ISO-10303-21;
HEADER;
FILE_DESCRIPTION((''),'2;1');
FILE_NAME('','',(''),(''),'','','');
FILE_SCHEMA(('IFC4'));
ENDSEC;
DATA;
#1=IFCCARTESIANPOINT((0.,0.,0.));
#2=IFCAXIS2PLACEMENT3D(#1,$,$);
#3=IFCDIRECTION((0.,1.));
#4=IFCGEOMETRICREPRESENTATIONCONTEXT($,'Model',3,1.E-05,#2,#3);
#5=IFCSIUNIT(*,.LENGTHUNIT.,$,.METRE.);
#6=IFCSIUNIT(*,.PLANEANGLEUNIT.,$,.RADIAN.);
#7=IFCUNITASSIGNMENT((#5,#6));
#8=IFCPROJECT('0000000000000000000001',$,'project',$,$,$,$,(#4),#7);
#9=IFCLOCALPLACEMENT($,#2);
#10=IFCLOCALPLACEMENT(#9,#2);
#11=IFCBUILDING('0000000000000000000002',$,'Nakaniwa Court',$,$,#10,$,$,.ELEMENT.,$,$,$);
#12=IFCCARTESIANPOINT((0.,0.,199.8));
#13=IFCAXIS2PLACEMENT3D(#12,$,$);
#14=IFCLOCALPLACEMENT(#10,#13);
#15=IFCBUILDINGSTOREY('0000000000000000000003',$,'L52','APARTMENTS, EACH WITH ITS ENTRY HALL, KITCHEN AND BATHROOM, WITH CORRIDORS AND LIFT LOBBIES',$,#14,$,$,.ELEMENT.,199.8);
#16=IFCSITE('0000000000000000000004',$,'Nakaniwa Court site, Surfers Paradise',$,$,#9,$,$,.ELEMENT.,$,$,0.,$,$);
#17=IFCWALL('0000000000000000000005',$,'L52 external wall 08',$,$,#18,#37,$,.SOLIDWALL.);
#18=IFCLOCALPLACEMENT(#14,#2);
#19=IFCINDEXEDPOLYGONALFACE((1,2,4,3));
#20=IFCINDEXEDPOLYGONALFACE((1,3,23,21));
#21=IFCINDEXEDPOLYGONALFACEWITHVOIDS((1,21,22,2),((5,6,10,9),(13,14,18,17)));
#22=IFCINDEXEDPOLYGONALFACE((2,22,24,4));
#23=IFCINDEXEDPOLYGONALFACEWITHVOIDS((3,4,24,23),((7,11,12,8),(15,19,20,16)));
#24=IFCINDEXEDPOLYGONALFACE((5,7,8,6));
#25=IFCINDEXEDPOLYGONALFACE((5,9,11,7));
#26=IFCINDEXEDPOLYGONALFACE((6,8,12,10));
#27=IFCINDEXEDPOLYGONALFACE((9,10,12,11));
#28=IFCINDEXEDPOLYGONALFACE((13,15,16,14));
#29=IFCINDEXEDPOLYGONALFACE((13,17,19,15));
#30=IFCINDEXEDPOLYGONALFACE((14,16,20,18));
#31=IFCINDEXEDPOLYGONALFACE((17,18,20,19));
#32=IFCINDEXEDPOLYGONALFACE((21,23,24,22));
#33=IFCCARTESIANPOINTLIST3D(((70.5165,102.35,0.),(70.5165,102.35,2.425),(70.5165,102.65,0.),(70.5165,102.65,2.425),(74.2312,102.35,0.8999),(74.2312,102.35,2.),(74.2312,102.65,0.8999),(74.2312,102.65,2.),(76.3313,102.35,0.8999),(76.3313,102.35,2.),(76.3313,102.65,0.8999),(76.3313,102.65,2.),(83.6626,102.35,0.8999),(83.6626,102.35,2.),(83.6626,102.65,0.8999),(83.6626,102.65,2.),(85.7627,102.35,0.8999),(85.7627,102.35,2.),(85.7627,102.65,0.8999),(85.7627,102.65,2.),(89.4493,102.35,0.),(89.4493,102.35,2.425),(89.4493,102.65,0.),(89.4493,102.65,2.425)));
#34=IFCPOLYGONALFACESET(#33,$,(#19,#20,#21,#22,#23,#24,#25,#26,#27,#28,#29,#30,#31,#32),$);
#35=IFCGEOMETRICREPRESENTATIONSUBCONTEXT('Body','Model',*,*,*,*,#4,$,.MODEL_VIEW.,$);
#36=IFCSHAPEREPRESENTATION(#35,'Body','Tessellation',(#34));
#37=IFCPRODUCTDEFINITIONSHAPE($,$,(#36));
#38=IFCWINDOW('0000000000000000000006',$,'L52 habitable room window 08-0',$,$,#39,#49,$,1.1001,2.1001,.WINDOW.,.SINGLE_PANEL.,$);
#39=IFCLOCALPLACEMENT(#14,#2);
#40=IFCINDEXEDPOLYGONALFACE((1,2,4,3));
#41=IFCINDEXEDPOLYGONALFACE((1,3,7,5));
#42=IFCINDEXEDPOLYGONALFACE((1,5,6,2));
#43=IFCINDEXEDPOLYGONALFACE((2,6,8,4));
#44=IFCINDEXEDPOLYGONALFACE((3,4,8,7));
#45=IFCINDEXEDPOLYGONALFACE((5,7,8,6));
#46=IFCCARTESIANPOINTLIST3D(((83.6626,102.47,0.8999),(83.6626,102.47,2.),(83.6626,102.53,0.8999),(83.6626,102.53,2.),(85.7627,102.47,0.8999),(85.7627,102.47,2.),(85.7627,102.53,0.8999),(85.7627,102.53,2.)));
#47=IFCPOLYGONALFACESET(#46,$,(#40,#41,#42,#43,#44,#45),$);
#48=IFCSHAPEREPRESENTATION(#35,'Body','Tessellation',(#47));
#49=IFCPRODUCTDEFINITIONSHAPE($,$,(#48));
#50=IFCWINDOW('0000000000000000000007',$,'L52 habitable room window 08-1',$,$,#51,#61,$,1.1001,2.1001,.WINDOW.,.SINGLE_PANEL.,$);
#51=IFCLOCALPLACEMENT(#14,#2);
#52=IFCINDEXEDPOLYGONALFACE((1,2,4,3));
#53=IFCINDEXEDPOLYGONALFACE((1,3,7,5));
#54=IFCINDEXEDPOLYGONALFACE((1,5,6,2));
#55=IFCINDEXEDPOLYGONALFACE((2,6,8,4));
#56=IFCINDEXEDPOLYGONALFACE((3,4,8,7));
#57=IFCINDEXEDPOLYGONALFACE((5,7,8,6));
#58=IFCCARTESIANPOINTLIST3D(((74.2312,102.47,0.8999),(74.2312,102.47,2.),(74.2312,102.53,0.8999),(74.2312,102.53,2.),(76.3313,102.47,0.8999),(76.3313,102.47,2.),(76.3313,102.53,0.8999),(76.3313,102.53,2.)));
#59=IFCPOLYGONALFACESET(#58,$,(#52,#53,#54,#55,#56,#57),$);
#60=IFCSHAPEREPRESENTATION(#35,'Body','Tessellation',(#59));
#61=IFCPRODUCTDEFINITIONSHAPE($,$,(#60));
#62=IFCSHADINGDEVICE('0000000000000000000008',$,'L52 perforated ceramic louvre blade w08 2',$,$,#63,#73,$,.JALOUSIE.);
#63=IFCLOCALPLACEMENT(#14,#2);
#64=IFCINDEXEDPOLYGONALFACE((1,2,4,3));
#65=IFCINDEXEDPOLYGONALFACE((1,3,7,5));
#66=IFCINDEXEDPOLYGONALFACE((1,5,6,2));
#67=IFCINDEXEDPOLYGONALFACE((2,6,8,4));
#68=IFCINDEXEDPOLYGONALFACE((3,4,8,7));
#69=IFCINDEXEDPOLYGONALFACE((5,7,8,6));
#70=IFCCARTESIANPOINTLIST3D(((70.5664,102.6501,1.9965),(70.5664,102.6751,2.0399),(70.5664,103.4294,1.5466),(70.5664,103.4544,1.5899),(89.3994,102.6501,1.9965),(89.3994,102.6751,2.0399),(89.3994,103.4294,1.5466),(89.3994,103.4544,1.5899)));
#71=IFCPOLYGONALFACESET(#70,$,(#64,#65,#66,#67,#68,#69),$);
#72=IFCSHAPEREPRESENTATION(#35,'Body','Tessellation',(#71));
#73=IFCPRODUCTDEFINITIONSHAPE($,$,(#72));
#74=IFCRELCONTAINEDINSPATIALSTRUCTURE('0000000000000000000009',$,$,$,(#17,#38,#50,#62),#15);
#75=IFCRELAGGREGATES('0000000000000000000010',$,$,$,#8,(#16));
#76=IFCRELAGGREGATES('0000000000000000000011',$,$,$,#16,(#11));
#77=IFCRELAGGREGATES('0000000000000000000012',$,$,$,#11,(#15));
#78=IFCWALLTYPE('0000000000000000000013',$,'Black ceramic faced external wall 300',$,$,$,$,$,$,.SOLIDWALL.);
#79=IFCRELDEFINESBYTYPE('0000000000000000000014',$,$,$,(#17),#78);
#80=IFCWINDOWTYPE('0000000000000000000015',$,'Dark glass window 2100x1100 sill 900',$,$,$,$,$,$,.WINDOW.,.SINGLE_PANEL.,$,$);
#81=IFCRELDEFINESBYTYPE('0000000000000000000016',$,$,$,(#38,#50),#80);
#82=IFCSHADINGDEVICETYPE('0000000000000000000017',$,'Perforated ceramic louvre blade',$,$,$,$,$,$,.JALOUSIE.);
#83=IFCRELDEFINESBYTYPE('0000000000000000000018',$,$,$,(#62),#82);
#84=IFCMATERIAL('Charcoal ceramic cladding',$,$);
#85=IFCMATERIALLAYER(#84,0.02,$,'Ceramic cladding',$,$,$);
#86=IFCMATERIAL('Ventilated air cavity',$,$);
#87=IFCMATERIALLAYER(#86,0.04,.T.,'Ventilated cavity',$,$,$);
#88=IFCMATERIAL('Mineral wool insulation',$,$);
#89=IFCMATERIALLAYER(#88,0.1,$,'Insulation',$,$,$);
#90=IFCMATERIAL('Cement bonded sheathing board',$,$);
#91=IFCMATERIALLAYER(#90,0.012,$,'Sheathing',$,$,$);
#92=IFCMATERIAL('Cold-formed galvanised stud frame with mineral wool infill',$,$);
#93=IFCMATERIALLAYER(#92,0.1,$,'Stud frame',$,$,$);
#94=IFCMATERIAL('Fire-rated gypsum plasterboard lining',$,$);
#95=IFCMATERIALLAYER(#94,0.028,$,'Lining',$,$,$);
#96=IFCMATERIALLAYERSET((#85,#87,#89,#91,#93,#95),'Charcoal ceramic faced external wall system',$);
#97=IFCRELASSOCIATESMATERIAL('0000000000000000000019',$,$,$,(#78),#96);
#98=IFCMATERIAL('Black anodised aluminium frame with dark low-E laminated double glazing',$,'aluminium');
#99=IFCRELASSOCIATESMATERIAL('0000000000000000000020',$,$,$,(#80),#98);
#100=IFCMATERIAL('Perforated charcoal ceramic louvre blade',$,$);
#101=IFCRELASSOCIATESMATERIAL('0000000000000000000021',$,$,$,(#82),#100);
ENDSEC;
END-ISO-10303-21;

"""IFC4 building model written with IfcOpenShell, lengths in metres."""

from ifc_helpers import new_model, si_unit, direction, frame, frame_2d, origin, origin_2d, place, context, subcontext, project, spatial, rectangle, extrude, material, layer, layer_set, material_profile, profile_set, type_object, element, fill, save


model = new_model("IFC4")

# Units and contexts
model_context = context("Model", 3, precision=1e-05, world=origin(), true_north=direction((0.0, 1.0)))
body_context = subcontext(model_context, "Body", "Model", "MODEL_VIEW")
ifc_project = project(units=[si_unit("LENGTHUNIT", "METRE"), si_unit("PLANEANGLEUNIT", "RADIAN")], contexts=[model_context])

# Site, building, storey
site_placement = place(None, origin())
site = spatial("IfcSite", under=ifc_project, at=site_placement, Name="Nakaniwa Court site, Surfers Paradise", CompositionType="ELEMENT", RefElevation=0.0)
building_placement = place(site_placement, origin())
building = spatial("IfcBuilding", under=site, at=building_placement, Name="Nakaniwa Court", CompositionType="ELEMENT")
storey_placement = place(building_placement, frame((0.0, 0.0, 199.8)))
storey = spatial("IfcBuildingStorey", under=building, at=storey_placement, Name="L52", Description="APARTMENTS, EACH WITH ITS ENTRY HALL, KITCHEN AND BATHROOM, WITH CORRIDORS AND LIFT LOBBIES", CompositionType="ELEMENT", Elevation=199.8)

# Shared definitions
ifc_material_1 = material(Name="Charcoal ceramic cladding")
ifc_layer_1 = layer(ifc_material_1, 0.02, Name="Ceramic cladding")
ifc_material_2 = material(Name="Ventilated air cavity")
ifc_layer_2 = layer(ifc_material_2, 0.04, ventilated=True, Name="Ventilated cavity")
ifc_material_3 = material(Name="Mineral wool insulation")
ifc_layer_3 = layer(ifc_material_3, 0.1, Name="Insulation")
ifc_material_4 = material(Name="Cement bonded sheathing board")
ifc_layer_4 = layer(ifc_material_4, 0.012, Name="Sheathing")
ifc_material_5 = material(Name="Cold-formed galvanised stud frame with mineral wool infill")
ifc_layer_5 = layer(ifc_material_5, 0.1, Name="Stud frame")
ifc_material_6 = material(Name="Fire-rated gypsum plasterboard lining")
ifc_layer_6 = layer(ifc_material_6, 0.028, Name="Lining")
ifc_layer_set_1 = layer_set([ifc_layer_1, ifc_layer_2, ifc_layer_3, ifc_layer_4, ifc_layer_5, ifc_layer_6], Name="Charcoal ceramic faced external wall system")
wall_type_1 = type_object("IfcWallType", Name="Black ceramic faced external wall 300", PredefinedType="SOLIDWALL", material=ifc_layer_set_1)
ifc_material_7 = material(Name="Black anodised aluminium frame with dark low-E laminated double glazing", Category="aluminium")

# Wall, openings, windows
wall_1_placement = place(storey_placement, frame((89.4492, 102.5, 0.0), z_axis=(0.0, 0.0, 1.0), x_axis=(-1.0, 0.0, 0.0)))
wall_1 = element("IfcWall", 1, at=wall_1_placement, inside=storey, type_object=wall_type_1, Name="L52 external wall 08", PredefinedType="SOLIDWALL", context=body_context, shape_type="SweptSolid", body=[
    extrude(rectangle(XDim=18.9329, YDim=0.3, at=frame_2d((9.4663, 0.0))), origin(), (0.0, 0.0, 1.0), 2.425),
])
opening_1_placement = place(wall_1_placement, frame((3.6865, 0.0, 0.8999)))
opening_1 = element("IfcOpeningElement", 2, at=opening_1_placement, cuts=wall_1, PredefinedType="OPENING", context=body_context, shape_type="SweptSolid", body=[
    extrude(rectangle(XDim=2.1001, YDim=1.1001, at=frame_2d((1.05, 0.55))), frame((0.0, 0.1599, 0.0), z_axis=(0.0, -1.0, 0.0), x_axis=(1.0, 0.0, 0.0)), (0.0, 0.0, 1.0), 0.3201),
])
opening_2_placement = place(wall_1_placement, frame((13.1179, 0.0, 0.8999)))
opening_2 = element("IfcOpeningElement", 3, at=opening_2_placement, cuts=wall_1, PredefinedType="OPENING", context=body_context, shape_type="SweptSolid", body=[
    extrude(rectangle(XDim=2.1001, YDim=1.1001, at=frame_2d((1.05, 0.55))), frame((0.0, 0.1599, 0.0), z_axis=(0.0, -1.0, 0.0), x_axis=(1.0, 0.0, 0.0)), (0.0, 0.0, 1.0), 0.3201),
])
window_type_1 = type_object("IfcWindowType", Name="Dark glass window 2100x1100 sill 900", PartitioningType="SINGLE_PANEL", PredefinedType="WINDOW", material=ifc_material_7)
window_1_placement = place(opening_1_placement, origin())
window_1 = element("IfcWindow", 4, at=window_1_placement, inside=storey, type_object=window_type_1, Name="L52 habitable room window 08-0", OverallHeight=1.1001, OverallWidth=2.1001, PartitioningType="SINGLE_PANEL", PredefinedType="WINDOW", context=body_context, shape_type="SweptSolid", body=[
    extrude(rectangle(XDim=2.1001, YDim=1.1001, at=frame_2d((1.05, 0.55))), frame((0.0, 0.03, 0.0), z_axis=(0.0, -1.0, 0.0), x_axis=(1.0, 0.0, 0.0)), (0.0, 0.0, 1.0), 0.0601),
])
fill(opening_1, window_1)
window_2_placement = place(opening_2_placement, origin())
window_2 = element("IfcWindow", 5, at=window_2_placement, inside=storey, type_object=window_type_1, Name="L52 habitable room window 08-1", OverallHeight=1.1001, OverallWidth=2.1001, PartitioningType="SINGLE_PANEL", PredefinedType="WINDOW", context=body_context, shape_type="SweptSolid", body=[
    extrude(rectangle(XDim=2.1001, YDim=1.1001, at=frame_2d((1.05, 0.55))), frame((0.0, 0.03, 0.0), z_axis=(0.0, -1.0, 0.0), x_axis=(1.0, 0.0, 0.0)), (0.0, 0.0, 1.0), 0.0601),
])
fill(opening_2, window_2)

# Shading device
ifc_material_8 = material(Name="Perforated charcoal ceramic louvre blade")
ifc_material_profile_1 = material_profile(ifc_material_8, rectangle(XDim=0.8999, YDim=0.05, at=origin_2d()), Name="Perforated ceramic louvre blade")
ifc_profile_set_1 = profile_set([ifc_material_profile_1], Name="Perforated charcoal ceramic louvre blade")
shading_device_type = type_object("IfcShadingDeviceType", Name="Perforated ceramic louvre blade", PredefinedType="JALOUSIE", material=ifc_profile_set_1)
shading_device_placement = place(storey_placement, frame((89.3994, 103.0522, 1.7932), z_axis=(-1.0, 0.0, 0.0), x_axis=(0.0, -0.866025, 0.5)))
element("IfcShadingDevice", 6, at=shading_device_placement, inside=storey, type_object=shading_device_type, Name="L52 perforated ceramic louvre blade w08 2", PredefinedType="JALOUSIE", context=body_context, shape_type="SweptSolid", body=[
    extrude(rectangle(XDim=0.8999, YDim=0.05, at=origin_2d()), origin(), (0.0, 0.0, 1.0), 18.833),
])

save(model, "model.ifc")
